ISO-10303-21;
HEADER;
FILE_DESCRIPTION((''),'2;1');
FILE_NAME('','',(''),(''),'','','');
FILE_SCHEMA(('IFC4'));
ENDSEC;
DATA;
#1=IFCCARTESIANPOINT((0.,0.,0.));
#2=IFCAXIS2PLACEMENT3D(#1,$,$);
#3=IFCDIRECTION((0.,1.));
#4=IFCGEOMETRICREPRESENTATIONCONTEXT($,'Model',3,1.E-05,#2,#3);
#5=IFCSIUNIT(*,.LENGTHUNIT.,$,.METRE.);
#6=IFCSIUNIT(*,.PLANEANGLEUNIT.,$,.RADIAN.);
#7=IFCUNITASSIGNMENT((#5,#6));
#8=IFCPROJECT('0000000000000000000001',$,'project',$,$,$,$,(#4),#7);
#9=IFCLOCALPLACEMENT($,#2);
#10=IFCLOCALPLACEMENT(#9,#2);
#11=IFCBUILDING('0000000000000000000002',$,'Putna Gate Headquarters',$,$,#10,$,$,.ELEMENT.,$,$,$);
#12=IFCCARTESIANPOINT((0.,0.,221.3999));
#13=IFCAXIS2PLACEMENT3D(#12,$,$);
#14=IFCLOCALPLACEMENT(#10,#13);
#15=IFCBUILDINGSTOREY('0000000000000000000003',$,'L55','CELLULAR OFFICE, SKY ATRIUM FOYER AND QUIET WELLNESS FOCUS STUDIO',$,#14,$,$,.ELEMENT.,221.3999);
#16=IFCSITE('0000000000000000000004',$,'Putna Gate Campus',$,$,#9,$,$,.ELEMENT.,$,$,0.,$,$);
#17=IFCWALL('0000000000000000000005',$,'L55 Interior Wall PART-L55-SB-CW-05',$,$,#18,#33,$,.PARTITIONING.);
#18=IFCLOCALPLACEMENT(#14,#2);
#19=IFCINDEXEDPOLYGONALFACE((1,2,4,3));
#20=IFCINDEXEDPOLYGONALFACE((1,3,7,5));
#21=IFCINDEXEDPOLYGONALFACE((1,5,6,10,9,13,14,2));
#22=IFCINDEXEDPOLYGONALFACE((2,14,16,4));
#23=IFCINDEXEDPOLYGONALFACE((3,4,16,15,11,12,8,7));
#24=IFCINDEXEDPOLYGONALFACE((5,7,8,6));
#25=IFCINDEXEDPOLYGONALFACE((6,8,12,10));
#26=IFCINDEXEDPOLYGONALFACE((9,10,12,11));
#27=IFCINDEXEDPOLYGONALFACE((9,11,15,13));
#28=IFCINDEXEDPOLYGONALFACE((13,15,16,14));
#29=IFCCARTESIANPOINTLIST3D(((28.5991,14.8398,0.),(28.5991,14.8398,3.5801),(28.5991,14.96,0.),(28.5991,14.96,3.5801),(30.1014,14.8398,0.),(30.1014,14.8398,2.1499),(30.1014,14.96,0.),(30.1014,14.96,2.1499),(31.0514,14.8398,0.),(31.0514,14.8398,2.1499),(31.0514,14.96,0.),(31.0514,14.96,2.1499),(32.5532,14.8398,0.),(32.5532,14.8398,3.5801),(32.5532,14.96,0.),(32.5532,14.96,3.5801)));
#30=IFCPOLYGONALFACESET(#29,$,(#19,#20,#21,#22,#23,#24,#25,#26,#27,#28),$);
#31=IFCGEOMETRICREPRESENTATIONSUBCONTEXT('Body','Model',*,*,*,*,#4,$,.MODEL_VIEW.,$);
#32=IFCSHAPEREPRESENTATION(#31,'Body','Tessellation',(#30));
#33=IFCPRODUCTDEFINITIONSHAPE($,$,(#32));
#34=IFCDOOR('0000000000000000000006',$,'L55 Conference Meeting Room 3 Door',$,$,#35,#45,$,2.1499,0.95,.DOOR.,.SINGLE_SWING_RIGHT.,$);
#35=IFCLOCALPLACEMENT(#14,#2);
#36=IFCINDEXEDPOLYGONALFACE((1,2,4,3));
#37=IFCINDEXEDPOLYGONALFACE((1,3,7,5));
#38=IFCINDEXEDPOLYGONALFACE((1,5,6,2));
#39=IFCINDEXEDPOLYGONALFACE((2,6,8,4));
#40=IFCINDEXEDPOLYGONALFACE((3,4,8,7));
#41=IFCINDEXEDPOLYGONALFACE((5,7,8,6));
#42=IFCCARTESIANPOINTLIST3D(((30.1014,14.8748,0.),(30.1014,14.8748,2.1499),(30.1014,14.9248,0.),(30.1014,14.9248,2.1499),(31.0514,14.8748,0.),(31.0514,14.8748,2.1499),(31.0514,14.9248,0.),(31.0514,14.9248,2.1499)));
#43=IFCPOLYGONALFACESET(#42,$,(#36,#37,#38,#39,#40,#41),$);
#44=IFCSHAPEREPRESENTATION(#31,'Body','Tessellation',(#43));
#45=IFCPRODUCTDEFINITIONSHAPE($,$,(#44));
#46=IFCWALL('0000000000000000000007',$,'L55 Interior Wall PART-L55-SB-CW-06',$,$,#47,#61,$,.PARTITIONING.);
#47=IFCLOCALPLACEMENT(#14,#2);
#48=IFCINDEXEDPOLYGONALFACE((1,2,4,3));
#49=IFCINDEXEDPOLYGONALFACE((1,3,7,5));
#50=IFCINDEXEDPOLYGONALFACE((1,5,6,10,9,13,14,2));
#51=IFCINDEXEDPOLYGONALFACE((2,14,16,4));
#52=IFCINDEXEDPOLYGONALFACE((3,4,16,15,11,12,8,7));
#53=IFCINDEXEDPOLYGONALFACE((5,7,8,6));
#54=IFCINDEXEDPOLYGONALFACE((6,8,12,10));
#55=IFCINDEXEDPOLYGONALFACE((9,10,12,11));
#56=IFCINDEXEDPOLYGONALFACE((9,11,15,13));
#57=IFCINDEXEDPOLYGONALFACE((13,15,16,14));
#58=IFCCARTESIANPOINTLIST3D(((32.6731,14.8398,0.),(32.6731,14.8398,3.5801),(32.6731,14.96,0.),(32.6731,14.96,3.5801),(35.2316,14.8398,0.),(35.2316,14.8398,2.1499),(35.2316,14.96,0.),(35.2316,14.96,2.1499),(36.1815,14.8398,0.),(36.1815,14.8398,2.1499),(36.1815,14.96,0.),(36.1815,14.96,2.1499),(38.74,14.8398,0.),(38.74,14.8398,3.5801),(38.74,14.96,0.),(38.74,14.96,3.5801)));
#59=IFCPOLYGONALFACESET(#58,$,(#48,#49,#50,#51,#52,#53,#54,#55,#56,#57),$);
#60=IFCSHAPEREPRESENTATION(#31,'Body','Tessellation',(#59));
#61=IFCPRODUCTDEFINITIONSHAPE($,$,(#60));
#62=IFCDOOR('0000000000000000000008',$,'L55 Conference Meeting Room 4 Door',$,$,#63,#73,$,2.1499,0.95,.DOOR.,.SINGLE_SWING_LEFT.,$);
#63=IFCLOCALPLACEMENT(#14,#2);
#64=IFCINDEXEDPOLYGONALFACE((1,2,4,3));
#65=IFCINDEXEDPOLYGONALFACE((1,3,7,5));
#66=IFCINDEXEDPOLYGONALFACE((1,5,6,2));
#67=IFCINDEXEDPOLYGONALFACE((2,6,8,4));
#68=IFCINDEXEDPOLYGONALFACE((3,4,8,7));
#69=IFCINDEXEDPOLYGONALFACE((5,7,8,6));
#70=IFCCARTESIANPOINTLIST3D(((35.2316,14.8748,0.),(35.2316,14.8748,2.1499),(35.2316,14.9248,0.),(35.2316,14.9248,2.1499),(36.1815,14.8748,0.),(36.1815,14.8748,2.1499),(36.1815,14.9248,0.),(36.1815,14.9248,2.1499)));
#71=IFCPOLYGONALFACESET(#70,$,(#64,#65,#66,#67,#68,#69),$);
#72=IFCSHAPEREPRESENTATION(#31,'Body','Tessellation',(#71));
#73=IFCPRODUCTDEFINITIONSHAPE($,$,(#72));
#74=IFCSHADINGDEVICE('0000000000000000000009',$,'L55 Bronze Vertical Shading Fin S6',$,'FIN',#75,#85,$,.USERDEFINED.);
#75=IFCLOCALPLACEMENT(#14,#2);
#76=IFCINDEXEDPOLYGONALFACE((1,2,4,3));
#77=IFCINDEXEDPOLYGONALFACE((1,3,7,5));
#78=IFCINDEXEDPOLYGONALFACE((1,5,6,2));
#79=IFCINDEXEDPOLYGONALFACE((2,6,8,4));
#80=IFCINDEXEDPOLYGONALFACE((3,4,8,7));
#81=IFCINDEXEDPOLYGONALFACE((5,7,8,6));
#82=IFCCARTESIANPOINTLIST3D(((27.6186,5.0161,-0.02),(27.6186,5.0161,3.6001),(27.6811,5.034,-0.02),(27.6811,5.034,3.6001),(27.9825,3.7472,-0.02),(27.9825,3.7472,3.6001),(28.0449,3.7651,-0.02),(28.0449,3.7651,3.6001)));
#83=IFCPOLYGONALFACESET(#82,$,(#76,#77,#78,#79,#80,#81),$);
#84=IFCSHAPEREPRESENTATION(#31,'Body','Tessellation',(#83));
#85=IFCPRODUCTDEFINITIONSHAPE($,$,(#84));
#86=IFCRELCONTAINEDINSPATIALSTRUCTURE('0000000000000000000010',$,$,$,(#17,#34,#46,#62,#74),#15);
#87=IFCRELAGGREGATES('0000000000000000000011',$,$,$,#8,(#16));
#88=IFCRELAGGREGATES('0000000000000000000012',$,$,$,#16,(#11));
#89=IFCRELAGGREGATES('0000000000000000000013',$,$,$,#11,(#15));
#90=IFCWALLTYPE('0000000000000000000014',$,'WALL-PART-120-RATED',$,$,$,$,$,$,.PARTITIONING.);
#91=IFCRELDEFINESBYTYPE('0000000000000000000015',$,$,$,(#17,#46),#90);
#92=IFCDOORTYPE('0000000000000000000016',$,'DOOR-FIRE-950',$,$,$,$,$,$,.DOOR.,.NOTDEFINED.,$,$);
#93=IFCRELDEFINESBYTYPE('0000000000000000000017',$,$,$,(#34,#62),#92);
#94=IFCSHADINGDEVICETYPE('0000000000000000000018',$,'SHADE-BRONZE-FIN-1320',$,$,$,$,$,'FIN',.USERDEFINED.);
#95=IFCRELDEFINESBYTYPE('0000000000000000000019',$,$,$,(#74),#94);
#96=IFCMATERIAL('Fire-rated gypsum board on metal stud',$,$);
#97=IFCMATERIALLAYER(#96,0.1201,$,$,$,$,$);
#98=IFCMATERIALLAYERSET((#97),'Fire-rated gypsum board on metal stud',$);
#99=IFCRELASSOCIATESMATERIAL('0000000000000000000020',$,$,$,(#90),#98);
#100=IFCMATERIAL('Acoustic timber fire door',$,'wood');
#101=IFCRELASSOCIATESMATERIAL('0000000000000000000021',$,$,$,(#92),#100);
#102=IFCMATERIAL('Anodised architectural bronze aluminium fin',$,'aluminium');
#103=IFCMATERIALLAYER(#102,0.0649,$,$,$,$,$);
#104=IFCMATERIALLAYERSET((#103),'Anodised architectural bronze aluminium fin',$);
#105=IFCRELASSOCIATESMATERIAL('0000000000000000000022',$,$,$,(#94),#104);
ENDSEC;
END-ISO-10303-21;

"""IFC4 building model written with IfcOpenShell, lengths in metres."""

from ifc_helpers import new_model, si_unit, direction, frame, frame_2d, origin, origin_2d, place, context, subcontext, project, spatial, rectangle, extrude, material, layer, layer_set, type_object, element, fill, save


model = new_model("IFC4")

# Units and contexts
model_context = context("Model", 3, precision=1e-05, world=origin(), true_north=direction((0.0, 1.0)))
body_context = subcontext(model_context, "Body", "Model", "MODEL_VIEW")
ifc_project = project(units=[si_unit("LENGTHUNIT", "METRE"), si_unit("PLANEANGLEUNIT", "RADIAN")], contexts=[model_context])

# Site, building, storey
site_placement = place(None, origin())
site = spatial("IfcSite", under=ifc_project, at=site_placement, Name="Putna Gate Campus", CompositionType="ELEMENT", RefElevation=0.0)
building_placement = place(site_placement, origin())
building = spatial("IfcBuilding", under=site, at=building_placement, Name="Putna Gate Headquarters", CompositionType="ELEMENT")
storey_placement = place(building_placement, frame((0.0, 0.0, 221.3999)))
storey = spatial("IfcBuildingStorey", under=building, at=storey_placement, Name="L55", Description="CELLULAR OFFICE, SKY ATRIUM FOYER AND QUIET WELLNESS FOCUS STUDIO", CompositionType="ELEMENT", Elevation=221.3999)

# Walls, openings, doors
ifc_material_1 = material(Name="Fire-rated gypsum board on metal stud")
ifc_layer_1 = layer(ifc_material_1, 0.1201)
ifc_layer_set_1 = layer_set([ifc_layer_1], Name="Fire-rated gypsum board on metal stud")
wall_type_1 = type_object("IfcWallType", Name="WALL-PART-120-RATED", PredefinedType="PARTITIONING", material=ifc_layer_set_1)
wall_1_placement = place(storey_placement, frame((28.5991, 14.8999, 0.0), z_axis=(0.0, 0.0, 1.0), x_axis=(1.0, 0.0, 0.0)))
wall_1 = element("IfcWall", 1, at=wall_1_placement, inside=storey, type_object=wall_type_1, Name="L55 Interior Wall PART-L55-SB-CW-05", PredefinedType="PARTITIONING", context=body_context, shape_type="SweptSolid", body=[
    extrude(rectangle(XDim=3.9541, YDim=0.1201, at=frame_2d((1.9771, 0.0))), origin(), (0.0, 0.0, 1.0), 3.5801),
])
opening_1_placement = place(wall_1_placement, frame((1.5022, 0.0, 0.0)))
opening_1 = element("IfcOpeningElement", 2, at=opening_1_placement, cuts=wall_1, PredefinedType="OPENING", context=body_context, shape_type="SweptSolid", body=[
    extrude(rectangle(XDim=0.95, YDim=2.1499, at=frame_2d((0.4751, 1.075))), frame((0.0, 0.0701, 0.0), z_axis=(0.0, -1.0, 0.0), x_axis=(1.0, 0.0, 0.0)), (0.0, 0.0, 1.0), 0.1401),
])
ifc_material_2 = material(Name="Acoustic timber fire door", Category="wood")
door_type = type_object("IfcDoorType", Name="DOOR-FIRE-950", OperationType="NOTDEFINED", PredefinedType="DOOR", material=ifc_material_2)
door_1_placement = place(opening_1_placement, origin())
door_1 = element("IfcDoor", 3, at=door_1_placement, inside=storey, type_object=door_type, Name="L55 Conference Meeting Room 3 Door", OperationType="SINGLE_SWING_RIGHT", OverallHeight=2.1499, OverallWidth=0.95, PredefinedType="DOOR", context=body_context, shape_type="SweptSolid", body=[
    extrude(rectangle(XDim=0.95, YDim=2.1499, at=frame_2d((0.4751, 1.075))), frame((0.0, 0.0249, 0.0), z_axis=(0.0, -1.0, 0.0), x_axis=(1.0, 0.0, 0.0)), (0.0, 0.0, 1.0), 0.05),
])
fill(opening_1, door_1)
wall_2_placement = place(storey_placement, frame((32.6731, 14.8999, 0.0), z_axis=(0.0, 0.0, 1.0), x_axis=(1.0, 0.0, 0.0)))
wall_2 = element("IfcWall", 4, at=wall_2_placement, inside=storey, type_object=wall_type_1, Name="L55 Interior Wall PART-L55-SB-CW-06", PredefinedType="PARTITIONING", context=body_context, shape_type="SweptSolid", body=[
    extrude(rectangle(XDim=6.0669, YDim=0.1201, at=frame_2d((3.0334, 0.0))), origin(), (0.0, 0.0, 1.0), 3.5801),
])
opening_2_placement = place(wall_2_placement, frame((2.5583, 0.0, 0.0)))
opening_2 = element("IfcOpeningElement", 5, at=opening_2_placement, cuts=wall_2, PredefinedType="OPENING", context=body_context, shape_type="SweptSolid", body=[
    extrude(rectangle(XDim=0.95, YDim=2.1499, at=frame_2d((0.4751, 1.075))), frame((0.0, 0.0701, 0.0), z_axis=(0.0, -1.0, 0.0), x_axis=(1.0, 0.0, 0.0)), (0.0, 0.0, 1.0), 0.1401),
])
door_2_placement = place(opening_2_placement, origin())
door_2 = element("IfcDoor", 6, at=door_2_placement, inside=storey, type_object=door_type, Name="L55 Conference Meeting Room 4 Door", OperationType="SINGLE_SWING_LEFT", OverallHeight=2.1499, OverallWidth=0.95, PredefinedType="DOOR", context=body_context, shape_type="SweptSolid", body=[
    extrude(rectangle(XDim=0.95, YDim=2.1499, at=frame_2d((0.4751, 1.075))), frame((0.0, 0.0249, 0.0), z_axis=(0.0, -1.0, 0.0), x_axis=(1.0, 0.0, 0.0)), (0.0, 0.0, 1.0), 0.05),
])
fill(opening_2, door_2)

# Shading device
ifc_material_3 = material(Name="Anodised architectural bronze aluminium fin", Category="aluminium")
ifc_layer_2 = layer(ifc_material_3, 0.0649)
ifc_layer_set_2 = layer_set([ifc_layer_2], Name="Anodised architectural bronze aluminium fin")
shading_device_type = type_object("IfcShadingDeviceType", Name="SHADE-BRONZE-FIN-1320", ElementType="FIN", PredefinedType="USERDEFINED", material=ifc_layer_set_2)
shading_device_placement = place(storey_placement, frame((27.8318, 4.3906, -0.02), z_axis=(0.0, 0.0, 1.0), x_axis=(0.275637, -0.961262, 0.0)))
element("IfcShadingDevice", 7, at=shading_device_placement, inside=storey, type_object=shading_device_type, Name="L55 Bronze Vertical Shading Fin S6", ObjectType="FIN", PredefinedType="USERDEFINED", context=body_context, shape_type="SweptSolid", body=[
    extrude(rectangle(XDim=1.3201, YDim=0.0649, at=origin_2d()), origin(), (0.0, 0.0, 1.0), 3.6201),
])

save(model, "model.ifc")
